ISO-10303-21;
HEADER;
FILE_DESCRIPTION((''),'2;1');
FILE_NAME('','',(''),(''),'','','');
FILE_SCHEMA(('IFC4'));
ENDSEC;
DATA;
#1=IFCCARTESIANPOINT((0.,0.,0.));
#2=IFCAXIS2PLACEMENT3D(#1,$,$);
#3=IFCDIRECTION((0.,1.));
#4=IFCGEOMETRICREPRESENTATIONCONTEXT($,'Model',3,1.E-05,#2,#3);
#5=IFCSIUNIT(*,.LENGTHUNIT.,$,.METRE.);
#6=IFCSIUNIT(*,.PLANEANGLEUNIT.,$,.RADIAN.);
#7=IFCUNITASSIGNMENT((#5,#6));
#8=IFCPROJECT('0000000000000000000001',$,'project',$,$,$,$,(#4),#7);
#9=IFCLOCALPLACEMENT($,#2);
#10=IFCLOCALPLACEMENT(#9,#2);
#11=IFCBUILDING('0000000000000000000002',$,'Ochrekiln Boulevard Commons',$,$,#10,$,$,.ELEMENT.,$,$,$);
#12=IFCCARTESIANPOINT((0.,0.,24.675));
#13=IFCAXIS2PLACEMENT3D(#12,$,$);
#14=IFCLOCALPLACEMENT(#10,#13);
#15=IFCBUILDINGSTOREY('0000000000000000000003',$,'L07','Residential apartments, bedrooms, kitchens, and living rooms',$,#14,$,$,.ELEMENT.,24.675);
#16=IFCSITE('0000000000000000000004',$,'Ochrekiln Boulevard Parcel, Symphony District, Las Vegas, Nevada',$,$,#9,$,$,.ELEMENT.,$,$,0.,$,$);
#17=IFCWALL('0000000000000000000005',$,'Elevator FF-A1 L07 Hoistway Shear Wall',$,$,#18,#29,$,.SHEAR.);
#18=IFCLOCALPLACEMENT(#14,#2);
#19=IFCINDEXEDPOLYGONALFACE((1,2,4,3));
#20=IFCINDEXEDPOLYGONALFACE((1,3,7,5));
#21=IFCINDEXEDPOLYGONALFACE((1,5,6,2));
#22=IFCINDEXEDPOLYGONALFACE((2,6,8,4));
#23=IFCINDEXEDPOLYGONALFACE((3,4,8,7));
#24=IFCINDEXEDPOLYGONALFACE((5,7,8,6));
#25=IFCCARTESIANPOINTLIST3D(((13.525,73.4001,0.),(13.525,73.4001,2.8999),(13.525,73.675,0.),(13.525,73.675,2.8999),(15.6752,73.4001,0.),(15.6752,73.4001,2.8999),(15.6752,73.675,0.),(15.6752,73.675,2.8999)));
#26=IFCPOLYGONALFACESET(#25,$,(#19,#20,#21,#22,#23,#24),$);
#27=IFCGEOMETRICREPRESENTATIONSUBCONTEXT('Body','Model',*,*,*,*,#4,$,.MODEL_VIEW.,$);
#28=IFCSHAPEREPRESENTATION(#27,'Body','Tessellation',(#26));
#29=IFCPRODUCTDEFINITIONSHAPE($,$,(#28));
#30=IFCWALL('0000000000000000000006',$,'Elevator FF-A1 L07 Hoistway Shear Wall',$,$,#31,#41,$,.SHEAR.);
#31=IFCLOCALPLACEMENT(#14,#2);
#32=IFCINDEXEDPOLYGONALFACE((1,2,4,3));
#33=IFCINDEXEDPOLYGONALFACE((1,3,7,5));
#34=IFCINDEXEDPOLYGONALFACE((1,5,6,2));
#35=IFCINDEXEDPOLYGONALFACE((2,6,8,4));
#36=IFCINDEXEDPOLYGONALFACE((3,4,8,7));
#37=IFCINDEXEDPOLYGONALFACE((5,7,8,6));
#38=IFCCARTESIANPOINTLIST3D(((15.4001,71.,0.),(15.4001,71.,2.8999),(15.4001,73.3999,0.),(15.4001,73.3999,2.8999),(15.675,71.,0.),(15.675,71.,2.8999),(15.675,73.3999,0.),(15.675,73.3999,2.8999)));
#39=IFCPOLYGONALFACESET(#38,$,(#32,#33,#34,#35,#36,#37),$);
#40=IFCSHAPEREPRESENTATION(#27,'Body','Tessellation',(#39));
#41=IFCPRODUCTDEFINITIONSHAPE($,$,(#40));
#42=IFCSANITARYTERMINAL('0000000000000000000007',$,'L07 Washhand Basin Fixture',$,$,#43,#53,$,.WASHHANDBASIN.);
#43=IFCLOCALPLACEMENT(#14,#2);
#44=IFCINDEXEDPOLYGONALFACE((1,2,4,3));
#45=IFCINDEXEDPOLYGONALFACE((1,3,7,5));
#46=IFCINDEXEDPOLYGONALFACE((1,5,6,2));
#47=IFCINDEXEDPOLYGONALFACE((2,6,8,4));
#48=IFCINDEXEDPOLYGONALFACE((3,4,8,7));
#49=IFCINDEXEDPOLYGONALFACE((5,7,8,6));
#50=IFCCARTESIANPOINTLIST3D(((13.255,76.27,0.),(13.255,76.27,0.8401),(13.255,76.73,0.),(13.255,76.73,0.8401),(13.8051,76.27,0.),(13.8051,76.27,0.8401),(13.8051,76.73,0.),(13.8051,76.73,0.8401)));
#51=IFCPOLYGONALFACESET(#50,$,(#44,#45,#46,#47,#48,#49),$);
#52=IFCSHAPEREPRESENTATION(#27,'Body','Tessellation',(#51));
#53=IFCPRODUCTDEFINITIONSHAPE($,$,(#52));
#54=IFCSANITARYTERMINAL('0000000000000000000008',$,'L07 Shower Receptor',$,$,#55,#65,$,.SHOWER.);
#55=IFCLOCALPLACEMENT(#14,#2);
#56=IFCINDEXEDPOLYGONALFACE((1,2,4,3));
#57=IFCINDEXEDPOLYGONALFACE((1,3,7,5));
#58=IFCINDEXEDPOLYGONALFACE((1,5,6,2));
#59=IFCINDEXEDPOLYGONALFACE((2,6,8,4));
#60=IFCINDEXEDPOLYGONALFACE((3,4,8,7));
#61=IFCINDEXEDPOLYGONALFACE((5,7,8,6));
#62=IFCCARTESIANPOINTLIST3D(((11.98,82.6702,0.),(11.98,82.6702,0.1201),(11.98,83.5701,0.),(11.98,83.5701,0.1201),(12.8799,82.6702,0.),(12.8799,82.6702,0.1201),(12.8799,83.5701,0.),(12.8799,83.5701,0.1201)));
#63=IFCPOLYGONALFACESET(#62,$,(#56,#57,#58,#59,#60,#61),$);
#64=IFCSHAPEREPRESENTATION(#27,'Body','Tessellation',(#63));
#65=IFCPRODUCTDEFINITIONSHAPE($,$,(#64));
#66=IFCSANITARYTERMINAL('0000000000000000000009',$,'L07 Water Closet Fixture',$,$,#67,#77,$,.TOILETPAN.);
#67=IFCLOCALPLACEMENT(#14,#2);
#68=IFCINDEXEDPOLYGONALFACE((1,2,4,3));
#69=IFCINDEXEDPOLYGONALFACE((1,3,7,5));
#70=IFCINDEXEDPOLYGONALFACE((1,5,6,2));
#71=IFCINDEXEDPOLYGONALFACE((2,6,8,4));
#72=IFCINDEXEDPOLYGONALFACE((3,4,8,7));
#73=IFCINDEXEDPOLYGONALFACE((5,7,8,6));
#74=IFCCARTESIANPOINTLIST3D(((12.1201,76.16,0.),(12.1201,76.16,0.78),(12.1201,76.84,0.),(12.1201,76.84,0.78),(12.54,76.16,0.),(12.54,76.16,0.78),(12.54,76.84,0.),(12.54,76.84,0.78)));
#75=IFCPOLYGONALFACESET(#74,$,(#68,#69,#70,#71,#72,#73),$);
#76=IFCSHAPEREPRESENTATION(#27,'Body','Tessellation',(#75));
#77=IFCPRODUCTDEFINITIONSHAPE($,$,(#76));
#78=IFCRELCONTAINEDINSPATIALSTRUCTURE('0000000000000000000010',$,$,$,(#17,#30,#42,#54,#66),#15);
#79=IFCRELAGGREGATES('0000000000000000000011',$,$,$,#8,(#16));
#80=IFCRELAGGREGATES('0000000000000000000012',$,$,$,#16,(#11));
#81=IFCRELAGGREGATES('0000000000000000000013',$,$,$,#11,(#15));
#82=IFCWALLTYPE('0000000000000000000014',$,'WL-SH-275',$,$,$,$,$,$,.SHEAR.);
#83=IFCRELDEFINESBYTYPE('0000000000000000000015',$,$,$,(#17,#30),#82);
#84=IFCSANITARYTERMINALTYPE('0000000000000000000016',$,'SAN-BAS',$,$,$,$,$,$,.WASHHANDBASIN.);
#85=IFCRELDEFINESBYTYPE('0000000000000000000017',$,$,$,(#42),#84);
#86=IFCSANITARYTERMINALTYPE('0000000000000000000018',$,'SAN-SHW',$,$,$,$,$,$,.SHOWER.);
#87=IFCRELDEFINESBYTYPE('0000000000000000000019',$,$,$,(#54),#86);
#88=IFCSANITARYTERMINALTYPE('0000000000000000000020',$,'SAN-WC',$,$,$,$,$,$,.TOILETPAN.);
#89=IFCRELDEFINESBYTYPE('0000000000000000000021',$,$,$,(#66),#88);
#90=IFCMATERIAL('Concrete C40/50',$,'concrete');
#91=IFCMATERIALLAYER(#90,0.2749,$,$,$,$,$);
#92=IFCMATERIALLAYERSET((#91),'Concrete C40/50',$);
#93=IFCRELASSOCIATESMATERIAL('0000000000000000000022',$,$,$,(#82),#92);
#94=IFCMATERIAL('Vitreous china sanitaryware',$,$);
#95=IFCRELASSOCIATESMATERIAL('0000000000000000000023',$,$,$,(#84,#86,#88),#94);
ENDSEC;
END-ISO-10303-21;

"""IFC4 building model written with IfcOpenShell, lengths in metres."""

from ifc_helpers import new_model, si_unit, direction, frame, frame_2d, origin, origin_2d, place, context, subcontext, project, spatial, rectangle, extrude, material, layer, layer_set, type_object, element, save


model = new_model("IFC4")

# Units and contexts
model_context = context("Model", 3, precision=1e-05, world=origin(), true_north=direction((0.0, 1.0)))
body_context = subcontext(model_context, "Body", "Model", "MODEL_VIEW")
ifc_project = project(units=[si_unit("LENGTHUNIT", "METRE"), si_unit("PLANEANGLEUNIT", "RADIAN")], contexts=[model_context])

# Site, building, storey
site_placement = place(None, origin())
site = spatial("IfcSite", under=ifc_project, at=site_placement, Name="Ochrekiln Boulevard Parcel, Symphony District, Las Vegas, Nevada", CompositionType="ELEMENT", RefElevation=0.0)
building_placement = place(site_placement, origin())
building = spatial("IfcBuilding", under=site, at=building_placement, Name="Ochrekiln Boulevard Commons", CompositionType="ELEMENT")
storey_placement = place(building_placement, frame((0.0, 0.0, 24.675)))
storey = spatial("IfcBuildingStorey", under=building, at=storey_placement, Name="L07", Description="Residential apartments, bedrooms, kitchens, and living rooms", CompositionType="ELEMENT", Elevation=24.675)

# Shared definitions
ifc_material_1 = material(Name="Concrete C40/50", Category="concrete")

# Wall
ifc_layer_1 = layer(ifc_material_1, 0.2749)
ifc_layer_set_1 = layer_set([ifc_layer_1], Name="Concrete C40/50")
wall_type_1 = type_object("IfcWallType", Name="WL-SH-275", PredefinedType="SHEAR", material=ifc_layer_set_1)
for number, where, z_axis, x_axis, name in (
    (1, (13.5249, 73.5376, 0.0), (0.0, 0.0, 1.0), (1.0, 0.0, 0.0), "Elevator FF-A1 L07 Hoistway Shear Wall"),
):
    element("IfcWall", number, at=place(storey_placement, frame(where, z_axis=z_axis, x_axis=x_axis)), inside=storey, type_object=wall_type_1, Name=name, PredefinedType="SHEAR", context=body_context, shape_type="SweptSolid", body=[
        extrude(rectangle(XDim=2.1501, YDim=0.2749, at=frame_2d((1.0752, 0.0))), origin(), (0.0, 0.0, 1.0), 2.8999),
    ])

# Wall
wall_1_placement = place(storey_placement, frame((15.5376, 71.0, 0.0), z_axis=(0.0, 0.0, 1.0), x_axis=(0.0, 1.0, 0.0)))
element("IfcWall", 2, at=wall_1_placement, inside=storey, type_object=wall_type_1, Name="Elevator FF-A1 L07 Hoistway Shear Wall", PredefinedType="SHEAR", context=body_context, shape_type="SweptSolid", body=[
    extrude(rectangle(XDim=2.3999, YDim=0.2749, at=frame_2d((1.2, 0.0))), origin(), (0.0, 0.0, 1.0), 2.8999),
])

# Sanitary terminals
ifc_material_2 = material(Name="Vitreous china sanitaryware")
sanitary_terminal_type_1 = type_object("IfcSanitaryTerminalType", Name="SAN-BAS", PredefinedType="WASHHANDBASIN", material=ifc_material_2)
sanitary_terminal_1_placement = place(storey_placement, frame((13.53, 76.5, 0.0), z_axis=(0.0, 0.0, 1.0), x_axis=(1.0, 0.0, 0.0)))
element("IfcSanitaryTerminal", 3, at=sanitary_terminal_1_placement, inside=storey, type_object=sanitary_terminal_type_1, Name="L07 Washhand Basin Fixture", PredefinedType="WASHHANDBASIN", context=body_context, shape_type="SweptSolid", body=[
    extrude(rectangle(XDim=0.55, YDim=0.46, at=origin_2d()), origin(), (0.0, 0.0, 1.0), 0.8401),
])
sanitary_terminal_type_2 = type_object("IfcSanitaryTerminalType", Name="SAN-SHW", PredefinedType="SHOWER", material=ifc_material_2)
sanitary_terminal_2_placement = place(storey_placement, frame((12.4299, 83.1201, 0.0), z_axis=(0.0, 0.0, 1.0), x_axis=(1.0, 0.0, 0.0)))
element("IfcSanitaryTerminal", 4, at=sanitary_terminal_2_placement, inside=storey, type_object=sanitary_terminal_type_2, Name="L07 Shower Receptor", PredefinedType="SHOWER", context=body_context, shape_type="SweptSolid", body=[
    extrude(rectangle(XDim=0.8999, YDim=0.8999, at=origin_2d()), origin(), (0.0, 0.0, 1.0), 0.1201),
])
sanitary_terminal_type_3 = type_object("IfcSanitaryTerminalType", Name="SAN-WC", PredefinedType="TOILETPAN", material=ifc_material_2)
sanitary_terminal_3_placement = place(storey_placement, frame((12.3301, 76.5, 0.0), z_axis=(0.0, 0.0, 1.0), x_axis=(1.0, 0.0, 0.0)))
element("IfcSanitaryTerminal", 5, at=sanitary_terminal_3_placement, inside=storey, type_object=sanitary_terminal_type_3, Name="L07 Water Closet Fixture", PredefinedType="TOILETPAN", context=body_context, shape_type="SweptSolid", body=[
    extrude(rectangle(XDim=0.4199, YDim=0.6799, at=origin_2d()), origin(), (0.0, 0.0, 1.0), 0.78),
])

save(model, "model.ifc")
